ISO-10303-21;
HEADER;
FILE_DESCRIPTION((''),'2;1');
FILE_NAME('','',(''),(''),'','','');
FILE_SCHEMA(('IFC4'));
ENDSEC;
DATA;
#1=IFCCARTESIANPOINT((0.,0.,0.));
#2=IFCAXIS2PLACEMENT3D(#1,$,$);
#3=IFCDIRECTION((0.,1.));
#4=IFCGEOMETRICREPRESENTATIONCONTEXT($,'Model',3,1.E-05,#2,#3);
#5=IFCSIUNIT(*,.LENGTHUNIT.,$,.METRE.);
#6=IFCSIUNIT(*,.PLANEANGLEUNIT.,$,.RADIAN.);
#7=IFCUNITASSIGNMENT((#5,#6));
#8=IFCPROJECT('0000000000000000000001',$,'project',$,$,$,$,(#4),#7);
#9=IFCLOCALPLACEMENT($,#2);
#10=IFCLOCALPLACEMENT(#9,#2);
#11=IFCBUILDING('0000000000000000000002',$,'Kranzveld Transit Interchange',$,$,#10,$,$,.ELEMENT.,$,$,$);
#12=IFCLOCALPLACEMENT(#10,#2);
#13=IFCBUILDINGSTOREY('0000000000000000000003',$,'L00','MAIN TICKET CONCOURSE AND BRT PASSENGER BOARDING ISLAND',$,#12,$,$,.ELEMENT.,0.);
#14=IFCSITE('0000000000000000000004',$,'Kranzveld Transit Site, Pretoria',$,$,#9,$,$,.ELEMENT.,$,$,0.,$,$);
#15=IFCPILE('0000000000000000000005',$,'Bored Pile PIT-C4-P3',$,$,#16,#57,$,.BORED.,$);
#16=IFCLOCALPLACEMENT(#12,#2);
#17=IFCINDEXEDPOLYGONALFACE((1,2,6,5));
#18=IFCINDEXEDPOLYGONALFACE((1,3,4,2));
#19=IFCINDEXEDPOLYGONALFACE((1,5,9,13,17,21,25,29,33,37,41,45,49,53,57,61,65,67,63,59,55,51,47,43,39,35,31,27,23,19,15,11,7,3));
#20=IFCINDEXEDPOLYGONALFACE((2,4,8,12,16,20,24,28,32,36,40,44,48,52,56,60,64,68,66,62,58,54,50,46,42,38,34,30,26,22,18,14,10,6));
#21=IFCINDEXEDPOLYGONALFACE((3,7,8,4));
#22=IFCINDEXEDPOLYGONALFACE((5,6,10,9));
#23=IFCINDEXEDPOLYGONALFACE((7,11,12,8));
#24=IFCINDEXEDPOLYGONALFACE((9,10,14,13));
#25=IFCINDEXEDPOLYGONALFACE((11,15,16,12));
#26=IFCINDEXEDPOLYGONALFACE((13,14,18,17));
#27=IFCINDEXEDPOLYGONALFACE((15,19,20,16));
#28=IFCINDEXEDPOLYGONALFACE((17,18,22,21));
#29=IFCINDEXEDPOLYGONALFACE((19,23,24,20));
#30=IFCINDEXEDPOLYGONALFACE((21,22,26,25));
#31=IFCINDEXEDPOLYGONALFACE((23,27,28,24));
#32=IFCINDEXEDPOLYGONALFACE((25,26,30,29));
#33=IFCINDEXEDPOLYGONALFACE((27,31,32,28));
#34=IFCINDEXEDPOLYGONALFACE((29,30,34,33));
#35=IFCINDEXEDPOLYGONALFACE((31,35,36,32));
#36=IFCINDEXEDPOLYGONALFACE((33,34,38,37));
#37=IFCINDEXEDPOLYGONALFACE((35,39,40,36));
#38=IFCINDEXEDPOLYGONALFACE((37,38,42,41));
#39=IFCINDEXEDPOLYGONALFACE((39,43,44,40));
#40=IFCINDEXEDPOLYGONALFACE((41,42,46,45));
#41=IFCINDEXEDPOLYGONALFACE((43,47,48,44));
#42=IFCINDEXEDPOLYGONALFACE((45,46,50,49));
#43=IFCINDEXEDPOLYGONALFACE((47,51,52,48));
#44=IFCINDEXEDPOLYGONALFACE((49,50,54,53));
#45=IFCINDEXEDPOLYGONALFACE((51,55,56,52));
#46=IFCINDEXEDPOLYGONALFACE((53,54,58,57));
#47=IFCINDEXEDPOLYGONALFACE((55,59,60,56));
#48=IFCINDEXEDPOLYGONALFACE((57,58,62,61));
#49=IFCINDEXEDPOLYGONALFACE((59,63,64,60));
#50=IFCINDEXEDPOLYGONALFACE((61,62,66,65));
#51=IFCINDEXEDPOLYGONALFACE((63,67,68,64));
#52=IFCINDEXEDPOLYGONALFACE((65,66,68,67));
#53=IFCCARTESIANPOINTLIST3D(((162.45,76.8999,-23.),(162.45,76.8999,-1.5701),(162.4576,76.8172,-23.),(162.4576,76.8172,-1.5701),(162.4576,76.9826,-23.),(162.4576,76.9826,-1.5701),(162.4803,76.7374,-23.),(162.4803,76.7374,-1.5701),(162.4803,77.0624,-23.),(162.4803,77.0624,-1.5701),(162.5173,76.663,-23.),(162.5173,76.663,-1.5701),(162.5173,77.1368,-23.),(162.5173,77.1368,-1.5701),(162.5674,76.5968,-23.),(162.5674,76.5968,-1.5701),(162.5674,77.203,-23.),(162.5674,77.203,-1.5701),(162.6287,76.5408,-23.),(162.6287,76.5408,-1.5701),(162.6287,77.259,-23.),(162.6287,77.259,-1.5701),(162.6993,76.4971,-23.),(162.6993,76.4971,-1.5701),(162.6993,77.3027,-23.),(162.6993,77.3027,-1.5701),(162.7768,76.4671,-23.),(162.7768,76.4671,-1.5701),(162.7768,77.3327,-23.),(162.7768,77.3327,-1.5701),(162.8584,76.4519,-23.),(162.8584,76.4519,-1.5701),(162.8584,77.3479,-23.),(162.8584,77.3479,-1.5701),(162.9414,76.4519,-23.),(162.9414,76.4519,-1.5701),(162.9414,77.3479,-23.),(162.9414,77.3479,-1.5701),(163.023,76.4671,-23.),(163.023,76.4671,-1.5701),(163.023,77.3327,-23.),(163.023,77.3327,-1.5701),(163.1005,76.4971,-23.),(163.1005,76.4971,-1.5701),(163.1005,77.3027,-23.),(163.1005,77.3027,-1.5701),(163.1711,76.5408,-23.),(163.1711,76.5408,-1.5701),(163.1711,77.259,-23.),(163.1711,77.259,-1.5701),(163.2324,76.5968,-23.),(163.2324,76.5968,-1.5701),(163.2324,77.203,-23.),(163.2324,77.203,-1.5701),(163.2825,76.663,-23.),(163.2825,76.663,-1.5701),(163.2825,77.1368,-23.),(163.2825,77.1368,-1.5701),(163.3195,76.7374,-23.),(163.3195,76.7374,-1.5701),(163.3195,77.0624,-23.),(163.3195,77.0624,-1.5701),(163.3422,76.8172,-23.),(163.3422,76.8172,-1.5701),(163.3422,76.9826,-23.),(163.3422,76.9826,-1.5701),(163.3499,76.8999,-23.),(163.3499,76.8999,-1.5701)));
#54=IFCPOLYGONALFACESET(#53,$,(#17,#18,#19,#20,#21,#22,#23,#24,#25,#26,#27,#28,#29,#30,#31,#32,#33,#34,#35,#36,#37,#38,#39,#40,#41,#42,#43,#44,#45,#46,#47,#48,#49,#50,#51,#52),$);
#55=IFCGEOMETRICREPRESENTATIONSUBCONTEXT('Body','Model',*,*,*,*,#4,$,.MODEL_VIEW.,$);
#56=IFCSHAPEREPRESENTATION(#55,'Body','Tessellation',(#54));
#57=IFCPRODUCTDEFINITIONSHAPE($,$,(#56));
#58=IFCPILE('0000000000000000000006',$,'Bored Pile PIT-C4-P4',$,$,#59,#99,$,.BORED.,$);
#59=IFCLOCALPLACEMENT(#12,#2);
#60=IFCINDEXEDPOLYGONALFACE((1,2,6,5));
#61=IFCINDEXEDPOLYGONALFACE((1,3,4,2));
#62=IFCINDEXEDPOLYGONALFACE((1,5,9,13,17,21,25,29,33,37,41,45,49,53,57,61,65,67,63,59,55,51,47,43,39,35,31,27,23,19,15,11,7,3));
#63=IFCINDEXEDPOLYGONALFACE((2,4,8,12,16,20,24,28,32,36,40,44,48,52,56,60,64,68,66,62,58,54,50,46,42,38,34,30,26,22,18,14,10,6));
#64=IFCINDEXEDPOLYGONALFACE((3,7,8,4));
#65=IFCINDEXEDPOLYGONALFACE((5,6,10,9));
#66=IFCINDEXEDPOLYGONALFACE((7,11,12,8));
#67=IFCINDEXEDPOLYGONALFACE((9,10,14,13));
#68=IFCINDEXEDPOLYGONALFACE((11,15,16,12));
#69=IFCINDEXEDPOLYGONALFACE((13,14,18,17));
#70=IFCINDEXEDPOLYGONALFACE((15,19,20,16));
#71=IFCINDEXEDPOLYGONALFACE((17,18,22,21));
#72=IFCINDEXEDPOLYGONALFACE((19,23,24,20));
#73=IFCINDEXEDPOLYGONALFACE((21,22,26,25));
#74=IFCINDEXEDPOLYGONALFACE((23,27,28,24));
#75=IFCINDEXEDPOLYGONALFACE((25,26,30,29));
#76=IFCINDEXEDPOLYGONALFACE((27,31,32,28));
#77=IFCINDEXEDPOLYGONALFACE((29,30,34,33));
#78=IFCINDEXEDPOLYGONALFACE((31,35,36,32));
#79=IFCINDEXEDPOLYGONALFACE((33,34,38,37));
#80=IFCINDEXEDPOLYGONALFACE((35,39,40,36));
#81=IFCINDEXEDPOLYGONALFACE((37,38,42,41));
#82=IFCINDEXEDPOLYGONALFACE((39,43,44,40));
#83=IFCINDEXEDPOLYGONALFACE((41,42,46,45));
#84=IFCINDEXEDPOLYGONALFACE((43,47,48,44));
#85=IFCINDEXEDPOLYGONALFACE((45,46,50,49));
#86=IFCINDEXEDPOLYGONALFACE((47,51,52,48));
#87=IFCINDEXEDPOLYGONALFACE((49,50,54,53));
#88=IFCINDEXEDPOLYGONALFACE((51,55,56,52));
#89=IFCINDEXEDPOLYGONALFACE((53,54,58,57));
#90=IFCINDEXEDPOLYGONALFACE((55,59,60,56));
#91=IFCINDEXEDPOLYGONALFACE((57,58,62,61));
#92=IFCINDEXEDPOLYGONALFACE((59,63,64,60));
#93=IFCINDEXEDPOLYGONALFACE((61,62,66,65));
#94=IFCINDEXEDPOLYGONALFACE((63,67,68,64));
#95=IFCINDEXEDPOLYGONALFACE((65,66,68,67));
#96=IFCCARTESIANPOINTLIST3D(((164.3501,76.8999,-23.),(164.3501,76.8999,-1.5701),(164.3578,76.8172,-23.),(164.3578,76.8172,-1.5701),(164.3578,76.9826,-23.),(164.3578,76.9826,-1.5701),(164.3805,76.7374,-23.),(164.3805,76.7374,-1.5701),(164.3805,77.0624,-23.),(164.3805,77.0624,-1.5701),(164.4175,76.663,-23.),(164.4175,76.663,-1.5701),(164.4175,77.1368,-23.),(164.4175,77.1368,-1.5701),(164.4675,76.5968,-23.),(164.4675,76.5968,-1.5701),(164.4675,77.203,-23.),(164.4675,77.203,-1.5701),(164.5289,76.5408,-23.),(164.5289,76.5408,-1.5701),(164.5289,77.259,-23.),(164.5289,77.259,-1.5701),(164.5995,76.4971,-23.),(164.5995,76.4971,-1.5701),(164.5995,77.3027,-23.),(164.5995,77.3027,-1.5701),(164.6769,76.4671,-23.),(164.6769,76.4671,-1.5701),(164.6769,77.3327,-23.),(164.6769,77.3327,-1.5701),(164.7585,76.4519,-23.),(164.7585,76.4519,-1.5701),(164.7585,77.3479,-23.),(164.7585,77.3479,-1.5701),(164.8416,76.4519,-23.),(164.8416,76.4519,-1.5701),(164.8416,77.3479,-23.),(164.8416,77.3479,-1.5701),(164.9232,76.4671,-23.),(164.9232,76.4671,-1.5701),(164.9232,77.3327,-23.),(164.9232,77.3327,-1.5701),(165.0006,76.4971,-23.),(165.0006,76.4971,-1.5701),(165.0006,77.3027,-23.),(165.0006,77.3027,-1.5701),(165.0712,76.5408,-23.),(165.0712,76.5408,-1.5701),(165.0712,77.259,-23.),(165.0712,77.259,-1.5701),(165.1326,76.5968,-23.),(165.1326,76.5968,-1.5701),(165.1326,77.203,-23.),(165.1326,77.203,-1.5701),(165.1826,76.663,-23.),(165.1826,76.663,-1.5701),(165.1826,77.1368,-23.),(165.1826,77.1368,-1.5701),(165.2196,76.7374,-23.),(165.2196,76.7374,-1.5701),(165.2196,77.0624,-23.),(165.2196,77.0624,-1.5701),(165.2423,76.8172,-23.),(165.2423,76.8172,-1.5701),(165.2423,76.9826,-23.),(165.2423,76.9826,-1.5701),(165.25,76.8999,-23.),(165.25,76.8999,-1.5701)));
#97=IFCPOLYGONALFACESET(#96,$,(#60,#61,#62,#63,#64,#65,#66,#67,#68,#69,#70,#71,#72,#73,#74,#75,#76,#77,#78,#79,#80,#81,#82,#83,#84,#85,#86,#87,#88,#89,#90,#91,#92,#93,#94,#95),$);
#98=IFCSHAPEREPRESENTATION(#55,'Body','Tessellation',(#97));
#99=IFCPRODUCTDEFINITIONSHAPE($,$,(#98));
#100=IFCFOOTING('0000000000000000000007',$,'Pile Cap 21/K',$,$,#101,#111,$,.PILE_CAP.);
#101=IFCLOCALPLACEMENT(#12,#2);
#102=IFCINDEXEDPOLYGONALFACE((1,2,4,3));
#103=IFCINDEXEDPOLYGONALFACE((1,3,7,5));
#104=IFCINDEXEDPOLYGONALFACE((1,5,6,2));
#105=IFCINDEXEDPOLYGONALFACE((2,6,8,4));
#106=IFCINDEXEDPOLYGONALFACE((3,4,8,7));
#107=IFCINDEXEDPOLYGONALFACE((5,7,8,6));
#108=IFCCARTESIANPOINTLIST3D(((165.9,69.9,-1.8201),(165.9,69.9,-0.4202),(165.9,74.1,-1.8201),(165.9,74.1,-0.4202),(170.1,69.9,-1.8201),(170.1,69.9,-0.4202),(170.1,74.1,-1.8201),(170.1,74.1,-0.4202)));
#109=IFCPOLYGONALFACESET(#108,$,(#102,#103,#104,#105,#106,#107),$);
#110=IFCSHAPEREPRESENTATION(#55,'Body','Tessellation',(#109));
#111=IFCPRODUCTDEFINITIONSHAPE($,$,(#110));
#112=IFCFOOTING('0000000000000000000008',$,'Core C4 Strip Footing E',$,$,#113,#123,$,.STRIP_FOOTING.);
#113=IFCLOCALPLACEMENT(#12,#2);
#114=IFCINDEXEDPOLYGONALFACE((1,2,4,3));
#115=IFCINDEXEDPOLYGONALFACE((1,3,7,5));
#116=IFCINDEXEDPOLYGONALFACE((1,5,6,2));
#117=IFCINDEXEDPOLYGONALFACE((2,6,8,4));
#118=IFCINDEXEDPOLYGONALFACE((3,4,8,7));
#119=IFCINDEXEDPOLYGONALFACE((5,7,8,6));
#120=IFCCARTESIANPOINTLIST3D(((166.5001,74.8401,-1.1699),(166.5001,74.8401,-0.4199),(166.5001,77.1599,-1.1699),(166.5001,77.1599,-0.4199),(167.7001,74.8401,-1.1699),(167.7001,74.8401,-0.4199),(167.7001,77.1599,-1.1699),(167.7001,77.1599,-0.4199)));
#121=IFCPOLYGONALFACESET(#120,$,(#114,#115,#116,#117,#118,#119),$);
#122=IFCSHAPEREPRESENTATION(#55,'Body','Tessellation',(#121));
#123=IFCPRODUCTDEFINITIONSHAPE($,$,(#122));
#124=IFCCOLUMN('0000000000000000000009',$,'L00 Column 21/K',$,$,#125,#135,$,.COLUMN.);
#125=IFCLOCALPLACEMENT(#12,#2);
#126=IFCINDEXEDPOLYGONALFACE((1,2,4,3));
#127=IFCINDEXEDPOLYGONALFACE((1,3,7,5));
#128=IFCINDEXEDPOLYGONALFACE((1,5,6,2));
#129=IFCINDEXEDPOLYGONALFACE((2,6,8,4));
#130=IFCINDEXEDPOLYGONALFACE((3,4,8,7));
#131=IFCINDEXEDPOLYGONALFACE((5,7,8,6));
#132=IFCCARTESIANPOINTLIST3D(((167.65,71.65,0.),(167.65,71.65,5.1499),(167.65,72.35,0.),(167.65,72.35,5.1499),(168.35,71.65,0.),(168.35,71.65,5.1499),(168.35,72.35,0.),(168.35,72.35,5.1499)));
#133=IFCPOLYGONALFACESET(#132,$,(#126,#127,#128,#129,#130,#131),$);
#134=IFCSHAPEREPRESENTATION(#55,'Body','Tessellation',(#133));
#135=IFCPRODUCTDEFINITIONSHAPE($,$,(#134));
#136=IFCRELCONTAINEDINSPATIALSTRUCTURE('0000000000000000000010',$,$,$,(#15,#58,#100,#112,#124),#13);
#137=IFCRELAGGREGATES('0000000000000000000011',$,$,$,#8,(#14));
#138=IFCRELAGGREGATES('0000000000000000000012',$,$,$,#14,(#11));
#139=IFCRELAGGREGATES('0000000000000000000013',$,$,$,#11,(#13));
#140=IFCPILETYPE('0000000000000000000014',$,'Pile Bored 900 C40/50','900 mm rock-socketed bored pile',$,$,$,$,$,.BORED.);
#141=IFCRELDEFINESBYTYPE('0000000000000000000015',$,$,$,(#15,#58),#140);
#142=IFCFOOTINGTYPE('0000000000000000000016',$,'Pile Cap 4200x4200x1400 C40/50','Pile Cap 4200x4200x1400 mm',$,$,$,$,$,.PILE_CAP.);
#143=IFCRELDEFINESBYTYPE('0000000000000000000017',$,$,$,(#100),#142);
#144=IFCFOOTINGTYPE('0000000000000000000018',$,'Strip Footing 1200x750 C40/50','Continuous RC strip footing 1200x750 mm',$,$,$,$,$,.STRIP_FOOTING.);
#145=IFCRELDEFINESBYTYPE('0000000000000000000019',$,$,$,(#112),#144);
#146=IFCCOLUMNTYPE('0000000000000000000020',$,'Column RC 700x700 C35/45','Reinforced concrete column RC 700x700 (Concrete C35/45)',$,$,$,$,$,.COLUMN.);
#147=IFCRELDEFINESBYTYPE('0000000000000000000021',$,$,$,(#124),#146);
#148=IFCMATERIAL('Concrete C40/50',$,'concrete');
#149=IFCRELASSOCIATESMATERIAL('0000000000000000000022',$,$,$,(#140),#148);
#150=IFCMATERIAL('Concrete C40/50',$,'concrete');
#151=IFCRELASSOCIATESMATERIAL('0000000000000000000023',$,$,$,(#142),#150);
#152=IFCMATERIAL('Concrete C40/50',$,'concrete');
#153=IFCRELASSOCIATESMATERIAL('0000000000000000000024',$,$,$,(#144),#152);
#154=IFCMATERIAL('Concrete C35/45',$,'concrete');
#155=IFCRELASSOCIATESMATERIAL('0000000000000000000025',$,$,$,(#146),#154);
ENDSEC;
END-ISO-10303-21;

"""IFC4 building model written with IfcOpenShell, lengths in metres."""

from ifc_helpers import new_model, si_unit, direction, frame, origin, origin_2d, place, context, subcontext, project, spatial, rectangle, circle, extrude, material, material_profile, profile_set, type_object, element, save


model = new_model("IFC4")

# Units and contexts
model_context = context("Model", 3, precision=1e-05, world=origin(), true_north=direction((0.0, 1.0)))
body_context = subcontext(model_context, "Body", "Model", "MODEL_VIEW")
ifc_project = project(units=[si_unit("LENGTHUNIT", "METRE"), si_unit("PLANEANGLEUNIT", "RADIAN")], contexts=[model_context])

# Site, building, storey
site_placement = place(None, origin())
site = spatial("IfcSite", under=ifc_project, at=site_placement, Name="Kranzveld Transit Site, Pretoria", CompositionType="ELEMENT", RefElevation=0.0)
building_placement = place(site_placement, origin())
building = spatial("IfcBuilding", under=site, at=building_placement, Name="Kranzveld Transit Interchange", CompositionType="ELEMENT")
storey_placement = place(building_placement, origin())
storey = spatial("IfcBuildingStorey", under=building, at=storey_placement, Name="L00", Description="MAIN TICKET CONCOURSE AND BRT PASSENGER BOARDING ISLAND", CompositionType="ELEMENT", Elevation=0.0)

# Piles
ifc_material_1 = material(Name="Concrete C40/50", Category="concrete")
ifc_material_profile_1 = material_profile(ifc_material_1, circle(Radius=0.45, at=origin_2d()), Name="BORED PILE 900")
ifc_profile_set_1 = profile_set([ifc_material_profile_1], Name="Concrete C40/50")
pile_type_1 = type_object("IfcPileType", Name="Pile Bored 900 C40/50", Description="900 mm rock-socketed bored pile", PredefinedType="BORED", material=ifc_profile_set_1)
for number, where, z_axis, x_axis, name in (
    (1, (162.8999, 76.8999, -1.5701), (0.0, 0.0, -1.0), (1.0, 0.0, 0.0), "Bored Pile PIT-C4-P3"),
    (2, (164.8, 76.8999, -1.5701), (0.0, 0.0, -1.0), (1.0, 0.0, 0.0), "Bored Pile PIT-C4-P4"),
):
    element("IfcPile", number, at=place(storey_placement, frame(where, z_axis=z_axis, x_axis=x_axis)), inside=storey, type_object=pile_type_1, Name=name, PredefinedType="BORED", context=body_context, shape_type="SweptSolid", body=[
        extrude(circle(Radius=0.45, at=origin_2d()), origin(), (0.0, 0.0, 1.0), 21.4299),
    ])

# Footings
ifc_material_2 = material(Name="Concrete C40/50", Category="concrete")
footing_type_1 = type_object("IfcFootingType", Name="Pile Cap 4200x4200x1400 C40/50", Description="Pile Cap 4200x4200x1400 mm", PredefinedType="PILE_CAP", material=ifc_material_2)
footing_1_placement = place(storey_placement, frame((168.0, 72.0, -1.8201), z_axis=(0.0, 0.0, 1.0), x_axis=(1.0, 0.0, 0.0)))
element("IfcFooting", 3, at=footing_1_placement, inside=storey, type_object=footing_type_1, Name="Pile Cap 21/K", PredefinedType="PILE_CAP", context=body_context, shape_type="SweptSolid", body=[
    extrude(rectangle(XDim=4.2, YDim=4.2, at=origin_2d()), origin(), (0.0, 0.0, 1.0), 1.3999),
])
ifc_material_3 = material(Name="Concrete C40/50", Category="concrete")
ifc_material_profile_2 = material_profile(ifc_material_3, rectangle(XDim=1.2, YDim=0.75, at=origin_2d()), Name="SF 1200x750")
ifc_profile_set_2 = profile_set([ifc_material_profile_2], Name="Concrete C40/50")
footing_type_2 = type_object("IfcFootingType", Name="Strip Footing 1200x750 C40/50", Description="Continuous RC strip footing 1200x750 mm", PredefinedType="STRIP_FOOTING", material=ifc_profile_set_2)
footing_2_placement = place(storey_placement, frame((167.1001, 74.8401, -0.7949), z_axis=(0.0, 1.0, 0.0), x_axis=(-1.0, 0.0, 0.0)))
element("IfcFooting", 4, at=footing_2_placement, inside=storey, type_object=footing_type_2, Name="Core C4 Strip Footing E", PredefinedType="STRIP_FOOTING", context=body_context, shape_type="SweptSolid", body=[
    extrude(rectangle(XDim=1.2, YDim=0.75, at=origin_2d()), origin(), (0.0, 0.0, 1.0), 2.3198),
])

# Column
ifc_material_4 = material(Name="Concrete C35/45", Category="concrete")
ifc_material_profile_3 = material_profile(ifc_material_4, rectangle(XDim=0.7, YDim=0.7, at=origin_2d()), Name="RC 700x700")
ifc_profile_set_3 = profile_set([ifc_material_profile_3], Name="Concrete C35/45")
column_type = type_object("IfcColumnType", Name="Column RC 700x700 C35/45", Description="Reinforced concrete column RC 700x700 (Concrete C35/45)", PredefinedType="COLUMN", material=ifc_profile_set_3)
column_placement = place(storey_placement, frame((168.0, 72.0, 0.0), z_axis=(0.0, 0.0, 1.0), x_axis=(1.0, 0.0, 0.0)))
element("IfcColumn", 5, at=column_placement, inside=storey, type_object=column_type, Name="L00 Column 21/K", PredefinedType="COLUMN", context=body_context, shape_type="SweptSolid", body=[
    extrude(rectangle(XDim=0.7, YDim=0.7, at=origin_2d()), origin(), (0.0, 0.0, 1.0), 5.1499),
])

save(model, "model.ifc")
